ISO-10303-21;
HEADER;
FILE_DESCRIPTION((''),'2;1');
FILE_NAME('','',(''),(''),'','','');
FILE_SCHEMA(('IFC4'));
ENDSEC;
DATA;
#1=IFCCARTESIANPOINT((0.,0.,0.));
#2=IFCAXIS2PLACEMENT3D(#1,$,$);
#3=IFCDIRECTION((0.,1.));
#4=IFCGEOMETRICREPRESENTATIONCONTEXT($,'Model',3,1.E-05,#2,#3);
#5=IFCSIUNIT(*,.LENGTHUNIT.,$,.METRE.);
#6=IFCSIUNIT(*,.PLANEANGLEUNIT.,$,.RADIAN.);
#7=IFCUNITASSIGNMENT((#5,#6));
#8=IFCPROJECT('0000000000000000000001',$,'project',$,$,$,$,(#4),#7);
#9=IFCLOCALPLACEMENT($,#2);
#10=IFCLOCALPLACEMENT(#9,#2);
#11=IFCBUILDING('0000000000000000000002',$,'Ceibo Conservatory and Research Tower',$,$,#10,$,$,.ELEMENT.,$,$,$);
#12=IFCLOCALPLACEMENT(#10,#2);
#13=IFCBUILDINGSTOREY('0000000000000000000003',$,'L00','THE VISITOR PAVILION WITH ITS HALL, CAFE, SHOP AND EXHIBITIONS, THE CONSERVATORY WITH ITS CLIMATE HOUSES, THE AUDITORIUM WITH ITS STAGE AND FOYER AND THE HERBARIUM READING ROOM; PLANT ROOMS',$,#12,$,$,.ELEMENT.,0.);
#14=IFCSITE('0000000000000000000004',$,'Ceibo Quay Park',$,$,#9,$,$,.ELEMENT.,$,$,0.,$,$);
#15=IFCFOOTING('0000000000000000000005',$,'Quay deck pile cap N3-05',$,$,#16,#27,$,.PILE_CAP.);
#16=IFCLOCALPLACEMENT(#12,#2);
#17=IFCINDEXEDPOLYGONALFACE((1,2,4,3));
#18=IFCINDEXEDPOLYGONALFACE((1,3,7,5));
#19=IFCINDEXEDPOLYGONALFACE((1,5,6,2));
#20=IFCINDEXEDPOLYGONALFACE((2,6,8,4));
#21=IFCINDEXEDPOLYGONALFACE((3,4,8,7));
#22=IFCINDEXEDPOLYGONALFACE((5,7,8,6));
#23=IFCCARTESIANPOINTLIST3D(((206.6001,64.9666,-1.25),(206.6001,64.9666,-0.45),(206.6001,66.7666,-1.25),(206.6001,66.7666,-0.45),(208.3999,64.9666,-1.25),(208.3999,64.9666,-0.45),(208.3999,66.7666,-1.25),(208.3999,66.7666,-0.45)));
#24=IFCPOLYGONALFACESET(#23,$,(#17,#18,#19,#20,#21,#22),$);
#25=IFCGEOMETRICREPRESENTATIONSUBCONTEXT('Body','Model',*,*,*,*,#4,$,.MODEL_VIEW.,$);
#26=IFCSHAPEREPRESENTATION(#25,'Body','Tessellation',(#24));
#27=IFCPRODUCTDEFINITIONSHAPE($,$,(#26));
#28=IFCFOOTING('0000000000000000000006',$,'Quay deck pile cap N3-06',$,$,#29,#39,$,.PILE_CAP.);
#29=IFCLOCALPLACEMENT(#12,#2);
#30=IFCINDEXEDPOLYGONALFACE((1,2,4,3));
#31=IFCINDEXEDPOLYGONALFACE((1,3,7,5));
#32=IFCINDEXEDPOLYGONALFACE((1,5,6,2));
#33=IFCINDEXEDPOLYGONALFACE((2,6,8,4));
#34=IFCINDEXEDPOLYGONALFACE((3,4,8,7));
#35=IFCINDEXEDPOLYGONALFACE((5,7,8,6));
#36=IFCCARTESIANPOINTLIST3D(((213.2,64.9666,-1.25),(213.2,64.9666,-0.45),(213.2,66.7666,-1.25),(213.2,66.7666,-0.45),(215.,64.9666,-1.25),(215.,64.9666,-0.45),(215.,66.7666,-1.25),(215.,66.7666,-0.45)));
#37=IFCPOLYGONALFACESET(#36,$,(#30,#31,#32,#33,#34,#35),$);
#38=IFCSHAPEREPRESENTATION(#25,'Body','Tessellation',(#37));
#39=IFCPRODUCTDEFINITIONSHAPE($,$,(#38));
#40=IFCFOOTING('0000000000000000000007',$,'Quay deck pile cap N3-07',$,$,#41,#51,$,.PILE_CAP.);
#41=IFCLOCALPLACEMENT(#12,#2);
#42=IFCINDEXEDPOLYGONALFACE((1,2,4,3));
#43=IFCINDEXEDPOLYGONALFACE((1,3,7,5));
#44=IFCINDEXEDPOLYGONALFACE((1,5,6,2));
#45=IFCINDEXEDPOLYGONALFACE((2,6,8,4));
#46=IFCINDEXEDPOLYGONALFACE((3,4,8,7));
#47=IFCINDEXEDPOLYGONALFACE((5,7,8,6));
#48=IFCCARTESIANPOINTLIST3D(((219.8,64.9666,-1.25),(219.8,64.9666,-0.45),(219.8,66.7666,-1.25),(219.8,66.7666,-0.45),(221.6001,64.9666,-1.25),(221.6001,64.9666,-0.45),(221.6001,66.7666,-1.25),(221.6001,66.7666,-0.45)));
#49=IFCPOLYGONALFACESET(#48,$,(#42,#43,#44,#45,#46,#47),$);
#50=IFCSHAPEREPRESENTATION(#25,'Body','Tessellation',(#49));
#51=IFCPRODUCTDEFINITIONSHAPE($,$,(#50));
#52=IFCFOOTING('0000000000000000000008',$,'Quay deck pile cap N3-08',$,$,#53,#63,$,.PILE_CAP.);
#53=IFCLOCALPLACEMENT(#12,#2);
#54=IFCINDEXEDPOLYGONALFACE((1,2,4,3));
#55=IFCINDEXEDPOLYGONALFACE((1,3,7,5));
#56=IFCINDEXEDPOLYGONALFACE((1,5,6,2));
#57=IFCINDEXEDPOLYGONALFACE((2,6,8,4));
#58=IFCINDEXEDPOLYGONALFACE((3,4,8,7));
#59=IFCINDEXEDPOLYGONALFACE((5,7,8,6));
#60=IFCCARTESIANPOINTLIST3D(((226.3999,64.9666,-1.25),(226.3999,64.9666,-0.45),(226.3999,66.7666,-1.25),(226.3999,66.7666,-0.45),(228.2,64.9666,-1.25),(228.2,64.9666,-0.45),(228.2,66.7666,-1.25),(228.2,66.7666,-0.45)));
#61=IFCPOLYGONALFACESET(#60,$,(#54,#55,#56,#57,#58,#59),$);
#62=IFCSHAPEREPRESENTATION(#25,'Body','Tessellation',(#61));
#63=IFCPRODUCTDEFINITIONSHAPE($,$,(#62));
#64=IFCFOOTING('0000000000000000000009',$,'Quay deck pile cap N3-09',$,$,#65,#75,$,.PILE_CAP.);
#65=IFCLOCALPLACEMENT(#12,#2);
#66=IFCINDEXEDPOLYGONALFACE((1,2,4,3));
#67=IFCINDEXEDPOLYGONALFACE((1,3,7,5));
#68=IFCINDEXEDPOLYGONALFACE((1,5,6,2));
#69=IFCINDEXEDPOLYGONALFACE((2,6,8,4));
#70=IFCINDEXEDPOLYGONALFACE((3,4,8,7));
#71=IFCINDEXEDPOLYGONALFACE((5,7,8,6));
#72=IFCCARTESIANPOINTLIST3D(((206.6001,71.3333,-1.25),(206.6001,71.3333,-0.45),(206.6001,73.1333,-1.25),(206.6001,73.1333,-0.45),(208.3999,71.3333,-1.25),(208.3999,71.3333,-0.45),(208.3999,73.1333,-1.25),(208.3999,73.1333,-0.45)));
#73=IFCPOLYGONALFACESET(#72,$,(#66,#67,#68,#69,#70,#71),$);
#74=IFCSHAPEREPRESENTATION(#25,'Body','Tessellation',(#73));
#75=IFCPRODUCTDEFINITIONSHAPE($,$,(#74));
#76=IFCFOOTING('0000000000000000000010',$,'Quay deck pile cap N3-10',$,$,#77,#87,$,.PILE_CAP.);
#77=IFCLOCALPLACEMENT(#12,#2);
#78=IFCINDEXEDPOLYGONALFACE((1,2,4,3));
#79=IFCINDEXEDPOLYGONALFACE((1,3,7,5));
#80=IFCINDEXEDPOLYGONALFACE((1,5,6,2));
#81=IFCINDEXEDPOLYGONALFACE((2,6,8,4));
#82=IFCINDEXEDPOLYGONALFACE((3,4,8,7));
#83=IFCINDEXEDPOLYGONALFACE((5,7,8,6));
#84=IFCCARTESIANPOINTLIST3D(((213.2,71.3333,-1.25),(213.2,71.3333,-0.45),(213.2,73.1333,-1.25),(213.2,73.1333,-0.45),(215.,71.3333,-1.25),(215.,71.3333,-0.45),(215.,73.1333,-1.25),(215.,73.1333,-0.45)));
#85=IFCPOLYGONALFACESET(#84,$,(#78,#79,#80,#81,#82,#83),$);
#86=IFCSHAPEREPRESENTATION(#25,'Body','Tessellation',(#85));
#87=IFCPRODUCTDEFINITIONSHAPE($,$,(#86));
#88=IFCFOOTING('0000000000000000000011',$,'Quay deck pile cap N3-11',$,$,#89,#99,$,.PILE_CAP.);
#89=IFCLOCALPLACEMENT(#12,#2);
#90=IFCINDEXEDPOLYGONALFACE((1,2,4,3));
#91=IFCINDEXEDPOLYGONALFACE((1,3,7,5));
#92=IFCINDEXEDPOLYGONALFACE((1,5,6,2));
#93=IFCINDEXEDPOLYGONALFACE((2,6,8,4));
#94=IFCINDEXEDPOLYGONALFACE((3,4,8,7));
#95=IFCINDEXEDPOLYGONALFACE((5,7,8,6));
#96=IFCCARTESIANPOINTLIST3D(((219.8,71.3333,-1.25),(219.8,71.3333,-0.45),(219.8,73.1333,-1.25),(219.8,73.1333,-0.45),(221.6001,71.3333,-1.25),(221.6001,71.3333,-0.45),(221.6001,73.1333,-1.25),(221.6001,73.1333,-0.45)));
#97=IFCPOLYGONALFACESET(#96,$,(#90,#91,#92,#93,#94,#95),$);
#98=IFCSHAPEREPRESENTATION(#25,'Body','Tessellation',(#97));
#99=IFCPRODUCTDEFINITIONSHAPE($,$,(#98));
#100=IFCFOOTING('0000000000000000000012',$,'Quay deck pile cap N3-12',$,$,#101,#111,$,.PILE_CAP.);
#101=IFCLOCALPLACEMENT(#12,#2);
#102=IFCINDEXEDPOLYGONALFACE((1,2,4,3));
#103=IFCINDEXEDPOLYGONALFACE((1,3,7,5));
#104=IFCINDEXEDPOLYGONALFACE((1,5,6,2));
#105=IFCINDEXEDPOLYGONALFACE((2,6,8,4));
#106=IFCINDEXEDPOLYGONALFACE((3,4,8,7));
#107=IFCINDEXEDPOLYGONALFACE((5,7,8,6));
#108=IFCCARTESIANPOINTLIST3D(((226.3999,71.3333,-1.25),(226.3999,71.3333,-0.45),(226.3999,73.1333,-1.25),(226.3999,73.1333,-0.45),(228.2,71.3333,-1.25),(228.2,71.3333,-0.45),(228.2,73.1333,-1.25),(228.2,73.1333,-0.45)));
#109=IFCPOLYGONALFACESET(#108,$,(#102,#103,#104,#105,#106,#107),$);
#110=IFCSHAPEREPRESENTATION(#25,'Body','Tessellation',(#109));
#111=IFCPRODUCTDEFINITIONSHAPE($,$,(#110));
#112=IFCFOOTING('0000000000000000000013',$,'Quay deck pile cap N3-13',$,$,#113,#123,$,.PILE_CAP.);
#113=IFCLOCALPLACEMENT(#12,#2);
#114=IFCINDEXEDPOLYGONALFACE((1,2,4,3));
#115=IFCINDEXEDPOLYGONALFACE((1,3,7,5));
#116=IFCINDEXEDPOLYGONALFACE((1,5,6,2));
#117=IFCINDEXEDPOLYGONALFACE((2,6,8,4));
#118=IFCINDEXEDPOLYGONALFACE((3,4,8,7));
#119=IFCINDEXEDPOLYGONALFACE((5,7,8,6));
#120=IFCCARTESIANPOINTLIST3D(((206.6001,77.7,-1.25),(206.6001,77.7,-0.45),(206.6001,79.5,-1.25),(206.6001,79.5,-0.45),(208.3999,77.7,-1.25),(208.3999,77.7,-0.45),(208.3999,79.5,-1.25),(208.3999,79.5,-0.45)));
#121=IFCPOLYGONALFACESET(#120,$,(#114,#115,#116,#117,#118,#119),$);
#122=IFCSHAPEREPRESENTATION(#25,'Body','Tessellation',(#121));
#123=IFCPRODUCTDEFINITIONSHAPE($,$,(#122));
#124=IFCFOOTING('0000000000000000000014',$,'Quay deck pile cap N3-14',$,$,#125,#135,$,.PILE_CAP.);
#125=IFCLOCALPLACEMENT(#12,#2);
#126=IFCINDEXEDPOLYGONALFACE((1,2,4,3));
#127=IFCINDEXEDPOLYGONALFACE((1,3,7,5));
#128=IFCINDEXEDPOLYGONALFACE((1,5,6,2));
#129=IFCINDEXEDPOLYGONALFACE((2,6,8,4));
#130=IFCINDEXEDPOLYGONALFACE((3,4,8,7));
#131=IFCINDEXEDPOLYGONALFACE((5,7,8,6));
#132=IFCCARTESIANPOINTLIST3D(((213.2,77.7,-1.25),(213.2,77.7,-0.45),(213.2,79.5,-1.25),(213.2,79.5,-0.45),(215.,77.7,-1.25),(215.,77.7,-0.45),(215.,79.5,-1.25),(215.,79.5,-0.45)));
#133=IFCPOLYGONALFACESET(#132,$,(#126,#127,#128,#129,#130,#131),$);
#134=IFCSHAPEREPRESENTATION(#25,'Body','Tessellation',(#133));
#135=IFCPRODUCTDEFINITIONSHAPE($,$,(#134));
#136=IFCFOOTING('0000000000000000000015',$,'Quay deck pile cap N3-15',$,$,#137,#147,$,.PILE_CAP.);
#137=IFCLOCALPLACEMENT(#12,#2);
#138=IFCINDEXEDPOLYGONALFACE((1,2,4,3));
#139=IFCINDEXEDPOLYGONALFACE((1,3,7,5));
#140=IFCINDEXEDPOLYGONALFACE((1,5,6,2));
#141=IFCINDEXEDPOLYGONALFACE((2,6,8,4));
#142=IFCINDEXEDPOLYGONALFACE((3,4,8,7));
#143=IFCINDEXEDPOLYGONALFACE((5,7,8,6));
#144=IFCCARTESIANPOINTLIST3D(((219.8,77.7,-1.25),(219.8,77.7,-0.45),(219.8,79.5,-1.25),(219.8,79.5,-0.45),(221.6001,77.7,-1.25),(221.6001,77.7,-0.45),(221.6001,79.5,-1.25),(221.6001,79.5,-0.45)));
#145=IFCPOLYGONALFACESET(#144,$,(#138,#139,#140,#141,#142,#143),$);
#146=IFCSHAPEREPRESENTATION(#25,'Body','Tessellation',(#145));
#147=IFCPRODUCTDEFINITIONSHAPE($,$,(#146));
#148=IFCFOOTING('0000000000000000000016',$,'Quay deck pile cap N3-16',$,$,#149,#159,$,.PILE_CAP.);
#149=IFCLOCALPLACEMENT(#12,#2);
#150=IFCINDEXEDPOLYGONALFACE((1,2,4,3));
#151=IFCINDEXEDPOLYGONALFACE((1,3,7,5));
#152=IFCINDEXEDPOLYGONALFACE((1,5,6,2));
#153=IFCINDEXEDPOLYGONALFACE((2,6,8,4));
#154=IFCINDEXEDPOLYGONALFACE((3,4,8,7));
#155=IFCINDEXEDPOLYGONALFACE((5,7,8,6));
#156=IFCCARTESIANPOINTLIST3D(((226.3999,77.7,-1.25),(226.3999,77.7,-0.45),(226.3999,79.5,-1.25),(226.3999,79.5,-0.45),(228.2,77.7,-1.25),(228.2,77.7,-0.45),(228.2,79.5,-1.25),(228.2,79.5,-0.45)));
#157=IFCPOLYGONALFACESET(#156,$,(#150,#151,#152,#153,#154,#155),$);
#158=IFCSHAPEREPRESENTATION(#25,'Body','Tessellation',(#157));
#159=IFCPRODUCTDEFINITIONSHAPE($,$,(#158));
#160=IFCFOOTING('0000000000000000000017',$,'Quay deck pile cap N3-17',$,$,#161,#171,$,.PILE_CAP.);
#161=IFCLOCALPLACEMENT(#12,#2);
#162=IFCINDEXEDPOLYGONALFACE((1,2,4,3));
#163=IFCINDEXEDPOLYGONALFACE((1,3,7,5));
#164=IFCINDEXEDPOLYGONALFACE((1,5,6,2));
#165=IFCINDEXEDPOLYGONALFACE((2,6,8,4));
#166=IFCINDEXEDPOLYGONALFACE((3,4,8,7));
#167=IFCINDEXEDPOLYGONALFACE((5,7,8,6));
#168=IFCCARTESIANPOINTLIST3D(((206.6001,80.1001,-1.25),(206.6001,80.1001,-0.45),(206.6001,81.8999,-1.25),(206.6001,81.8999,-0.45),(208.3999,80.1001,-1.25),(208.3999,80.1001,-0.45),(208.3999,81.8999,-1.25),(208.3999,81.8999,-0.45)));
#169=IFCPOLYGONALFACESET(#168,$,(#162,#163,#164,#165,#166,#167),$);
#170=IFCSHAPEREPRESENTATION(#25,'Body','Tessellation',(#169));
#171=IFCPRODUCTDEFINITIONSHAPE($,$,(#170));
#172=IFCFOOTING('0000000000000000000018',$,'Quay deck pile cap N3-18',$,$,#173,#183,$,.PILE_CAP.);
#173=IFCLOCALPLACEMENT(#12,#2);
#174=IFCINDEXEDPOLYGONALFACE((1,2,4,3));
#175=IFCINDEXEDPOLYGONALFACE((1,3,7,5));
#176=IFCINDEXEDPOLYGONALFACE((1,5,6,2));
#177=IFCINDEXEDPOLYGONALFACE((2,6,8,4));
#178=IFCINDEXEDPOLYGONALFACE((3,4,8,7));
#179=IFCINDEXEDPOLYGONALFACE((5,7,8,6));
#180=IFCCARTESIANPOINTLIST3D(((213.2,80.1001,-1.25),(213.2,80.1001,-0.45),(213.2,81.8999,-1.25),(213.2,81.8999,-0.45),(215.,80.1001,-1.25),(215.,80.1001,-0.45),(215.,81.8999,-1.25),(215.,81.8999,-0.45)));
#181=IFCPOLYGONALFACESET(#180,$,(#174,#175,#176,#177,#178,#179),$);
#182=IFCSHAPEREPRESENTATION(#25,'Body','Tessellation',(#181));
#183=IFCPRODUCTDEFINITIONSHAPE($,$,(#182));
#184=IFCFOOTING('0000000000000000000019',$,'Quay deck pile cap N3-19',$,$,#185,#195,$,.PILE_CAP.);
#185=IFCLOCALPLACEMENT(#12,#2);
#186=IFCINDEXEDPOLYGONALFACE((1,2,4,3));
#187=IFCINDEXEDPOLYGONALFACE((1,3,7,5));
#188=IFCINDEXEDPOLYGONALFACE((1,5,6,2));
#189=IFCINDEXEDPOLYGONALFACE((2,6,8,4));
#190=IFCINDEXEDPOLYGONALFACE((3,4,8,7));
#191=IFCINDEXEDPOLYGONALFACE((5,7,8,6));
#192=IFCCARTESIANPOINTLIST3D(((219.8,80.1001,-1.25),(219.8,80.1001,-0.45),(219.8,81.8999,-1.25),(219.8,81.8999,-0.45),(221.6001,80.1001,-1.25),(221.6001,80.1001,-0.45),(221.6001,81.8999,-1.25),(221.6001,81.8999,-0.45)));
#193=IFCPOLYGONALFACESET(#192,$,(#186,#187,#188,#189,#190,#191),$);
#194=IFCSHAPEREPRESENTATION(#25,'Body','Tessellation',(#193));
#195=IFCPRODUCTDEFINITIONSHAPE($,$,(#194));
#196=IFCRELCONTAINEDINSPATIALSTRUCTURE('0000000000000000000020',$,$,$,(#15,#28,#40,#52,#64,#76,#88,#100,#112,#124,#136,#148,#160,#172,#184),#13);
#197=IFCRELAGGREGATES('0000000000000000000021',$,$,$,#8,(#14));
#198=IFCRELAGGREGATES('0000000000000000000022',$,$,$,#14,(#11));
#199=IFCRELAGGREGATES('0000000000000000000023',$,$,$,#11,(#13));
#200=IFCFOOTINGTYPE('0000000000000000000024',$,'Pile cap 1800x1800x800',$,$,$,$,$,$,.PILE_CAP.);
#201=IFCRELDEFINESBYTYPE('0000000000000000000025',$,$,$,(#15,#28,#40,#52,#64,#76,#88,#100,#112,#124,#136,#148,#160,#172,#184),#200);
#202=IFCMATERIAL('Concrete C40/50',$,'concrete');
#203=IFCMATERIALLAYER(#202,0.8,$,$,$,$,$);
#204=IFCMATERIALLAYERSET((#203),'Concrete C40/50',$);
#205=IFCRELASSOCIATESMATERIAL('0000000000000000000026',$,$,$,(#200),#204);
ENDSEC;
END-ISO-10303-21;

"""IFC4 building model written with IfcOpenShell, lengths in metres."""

from ifc_helpers import new_model, si_unit, direction, frame, origin, place, context, subcontext, project, spatial, polyline, outline, extrude, material, layer, layer_set, type_object, element, save


model = new_model("IFC4")

# Units and contexts
model_context = context("Model", 3, precision=1e-05, world=origin(), true_north=direction((0.0, 1.0)))
body_context = subcontext(model_context, "Body", "Model", "MODEL_VIEW")
ifc_project = project(units=[si_unit("LENGTHUNIT", "METRE"), si_unit("PLANEANGLEUNIT", "RADIAN")], contexts=[model_context])

# Site, building, storey
site_placement = place(None, origin())
site = spatial("IfcSite", under=ifc_project, at=site_placement, Name="Ceibo Quay Park", CompositionType="ELEMENT", RefElevation=0.0)
building_placement = place(site_placement, origin())
building = spatial("IfcBuilding", under=site, at=building_placement, Name="Ceibo Conservatory and Research Tower", CompositionType="ELEMENT")
storey_placement = place(building_placement, origin())
storey = spatial("IfcBuildingStorey", under=building, at=storey_placement, Name="L00", Description="THE VISITOR PAVILION WITH ITS HALL, CAFE, SHOP AND EXHIBITIONS, THE CONSERVATORY WITH ITS CLIMATE HOUSES, THE AUDITORIUM WITH ITS STAGE AND FOYER AND THE HERBARIUM READING ROOM; PLANT ROOMS", CompositionType="ELEMENT", Elevation=0.0)

# Footings
ifc_material = material(Name="Concrete C40/50", Category="concrete")
ifc_layer_1 = layer(ifc_material, 0.8)
ifc_layer_set_1 = layer_set([ifc_layer_1], Name="Concrete C40/50")
footing_type_1 = type_object("IfcFootingType", Name="Pile cap 1800x1800x800", PredefinedType="PILE_CAP", material=ifc_layer_set_1)
footing_1_placement = place(storey_placement, frame((0.0, 0.0, -1.25)))
element("IfcFooting", 1, at=footing_1_placement, inside=storey, type_object=footing_type_1, Name="Quay deck pile cap N3-05", PredefinedType="PILE_CAP", context=body_context, shape_type="SweptSolid", body=[
    extrude(outline(polyline([(206.6001, 64.9666), (208.3999, 64.9666), (208.3999, 66.7666), (206.6001, 66.7666), (206.6001, 64.9666)])), origin(), (0.0, 0.0, 1.0), 0.8),
])
footing_2_placement = place(storey_placement, frame((0.0, 0.0, -1.25)))
element("IfcFooting", 2, at=footing_2_placement, inside=storey, type_object=footing_type_1, Name="Quay deck pile cap N3-06", PredefinedType="PILE_CAP", context=body_context, shape_type="SweptSolid", body=[
    extrude(outline(polyline([(213.2, 64.9666), (215.0, 64.9666), (215.0, 66.7666), (213.2, 66.7666), (213.2, 64.9666)])), origin(), (0.0, 0.0, 1.0), 0.8),
])
footing_3_placement = place(storey_placement, frame((0.0, 0.0, -1.25)))
element("IfcFooting", 3, at=footing_3_placement, inside=storey, type_object=footing_type_1, Name="Quay deck pile cap N3-07", PredefinedType="PILE_CAP", context=body_context, shape_type="SweptSolid", body=[
    extrude(outline(polyline([(219.8, 64.9666), (221.6001, 64.9666), (221.6001, 66.7666), (219.8, 66.7666), (219.8, 64.9666)])), origin(), (0.0, 0.0, 1.0), 0.8),
])
footing_4_placement = place(storey_placement, frame((0.0, 0.0, -1.25)))
element("IfcFooting", 4, at=footing_4_placement, inside=storey, type_object=footing_type_1, Name="Quay deck pile cap N3-08", PredefinedType="PILE_CAP", context=body_context, shape_type="SweptSolid", body=[
    extrude(outline(polyline([(226.3999, 64.9666), (228.2, 64.9666), (228.2, 66.7666), (226.3999, 66.7666), (226.3999, 64.9666)])), origin(), (0.0, 0.0, 1.0), 0.8),
])
footing_5_placement = place(storey_placement, frame((0.0, 0.0, -1.25)))
element("IfcFooting", 5, at=footing_5_placement, inside=storey, type_object=footing_type_1, Name="Quay deck pile cap N3-09", PredefinedType="PILE_CAP", context=body_context, shape_type="SweptSolid", body=[
    extrude(outline(polyline([(206.6001, 71.3333), (208.3999, 71.3333), (208.3999, 73.1333), (206.6001, 73.1333), (206.6001, 71.3333)])), origin(), (0.0, 0.0, 1.0), 0.8),
])
footing_6_placement = place(storey_placement, frame((0.0, 0.0, -1.25)))
element("IfcFooting", 6, at=footing_6_placement, inside=storey, type_object=footing_type_1, Name="Quay deck pile cap N3-10", PredefinedType="PILE_CAP", context=body_context, shape_type="SweptSolid", body=[
    extrude(outline(polyline([(213.2, 71.3333), (215.0, 71.3333), (215.0, 73.1333), (213.2, 73.1333), (213.2, 71.3333)])), origin(), (0.0, 0.0, 1.0), 0.8),
])
footing_7_placement = place(storey_placement, frame((0.0, 0.0, -1.25)))
element("IfcFooting", 7, at=footing_7_placement, inside=storey, type_object=footing_type_1, Name="Quay deck pile cap N3-11", PredefinedType="PILE_CAP", context=body_context, shape_type="SweptSolid", body=[
    extrude(outline(polyline([(219.8, 71.3333), (221.6001, 71.3333), (221.6001, 73.1333), (219.8, 73.1333), (219.8, 71.3333)])), origin(), (0.0, 0.0, 1.0), 0.8),
])
footing_8_placement = place(storey_placement, frame((0.0, 0.0, -1.25)))
element("IfcFooting", 8, at=footing_8_placement, inside=storey, type_object=footing_type_1, Name="Quay deck pile cap N3-12", PredefinedType="PILE_CAP", context=body_context, shape_type="SweptSolid", body=[
    extrude(outline(polyline([(226.3999, 71.3333), (228.2, 71.3333), (228.2, 73.1333), (226.3999, 73.1333), (226.3999, 71.3333)])), origin(), (0.0, 0.0, 1.0), 0.8),
])
footing_9_placement = place(storey_placement, frame((0.0, 0.0, -1.25)))
element("IfcFooting", 9, at=footing_9_placement, inside=storey, type_object=footing_type_1, Name="Quay deck pile cap N3-13", PredefinedType="PILE_CAP", context=body_context, shape_type="SweptSolid", body=[
    extrude(outline(polyline([(206.6001, 77.7), (208.3999, 77.7), (208.3999, 79.5), (206.6001, 79.5), (206.6001, 77.7)])), origin(), (0.0, 0.0, 1.0), 0.8),
])
footing_10_placement = place(storey_placement, frame((0.0, 0.0, -1.25)))
element("IfcFooting", 10, at=footing_10_placement, inside=storey, type_object=footing_type_1, Name="Quay deck pile cap N3-14", PredefinedType="PILE_CAP", context=body_context, shape_type="SweptSolid", body=[
    extrude(outline(polyline([(213.2, 77.7), (215.0, 77.7), (215.0, 79.5), (213.2, 79.5), (213.2, 77.7)])), origin(), (0.0, 0.0, 1.0), 0.8),
])
footing_11_placement = place(storey_placement, frame((0.0, 0.0, -1.25)))
element("IfcFooting", 11, at=footing_11_placement, inside=storey, type_object=footing_type_1, Name="Quay deck pile cap N3-15", PredefinedType="PILE_CAP", context=body_context, shape_type="SweptSolid", body=[
    extrude(outline(polyline([(219.8, 77.7), (221.6001, 77.7), (221.6001, 79.5), (219.8, 79.5), (219.8, 77.7)])), origin(), (0.0, 0.0, 1.0), 0.8),
])
footing_12_placement = place(storey_placement, frame((0.0, 0.0, -1.25)))
element("IfcFooting", 12, at=footing_12_placement, inside=storey, type_object=footing_type_1, Name="Quay deck pile cap N3-16", PredefinedType="PILE_CAP", context=body_context, shape_type="SweptSolid", body=[
    extrude(outline(polyline([(226.3999, 77.7), (228.2, 77.7), (228.2, 79.5), (226.3999, 79.5), (226.3999, 77.7)])), origin(), (0.0, 0.0, 1.0), 0.8),
])
footing_13_placement = place(storey_placement, frame((0.0, 0.0, -1.25)))
element("IfcFooting", 13, at=footing_13_placement, inside=storey, type_object=footing_type_1, Name="Quay deck pile cap N3-17", PredefinedType="PILE_CAP", context=body_context, shape_type="SweptSolid", body=[
    extrude(outline(polyline([(206.6001, 80.1001), (208.3999, 80.1001), (208.3999, 81.8999), (206.6001, 81.8999), (206.6001, 80.1001)])), origin(), (0.0, 0.0, 1.0), 0.8),
])
footing_14_placement = place(storey_placement, frame((0.0, 0.0, -1.25)))
element("IfcFooting", 14, at=footing_14_placement, inside=storey, type_object=footing_type_1, Name="Quay deck pile cap N3-18", PredefinedType="PILE_CAP", context=body_context, shape_type="SweptSolid", body=[
    extrude(outline(polyline([(213.2, 80.1001), (215.0, 80.1001), (215.0, 81.8999), (213.2, 81.8999), (213.2, 80.1001)])), origin(), (0.0, 0.0, 1.0), 0.8),
])
footing_15_placement = place(storey_placement, frame((0.0, 0.0, -1.25)))
element("IfcFooting", 15, at=footing_15_placement, inside=storey, type_object=footing_type_1, Name="Quay deck pile cap N3-19", PredefinedType="PILE_CAP", context=body_context, shape_type="SweptSolid", body=[
    extrude(outline(polyline([(219.8, 80.1001), (221.6001, 80.1001), (221.6001, 81.8999), (219.8, 81.8999), (219.8, 80.1001)])), origin(), (0.0, 0.0, 1.0), 0.8),
])

save(model, "model.ifc")
